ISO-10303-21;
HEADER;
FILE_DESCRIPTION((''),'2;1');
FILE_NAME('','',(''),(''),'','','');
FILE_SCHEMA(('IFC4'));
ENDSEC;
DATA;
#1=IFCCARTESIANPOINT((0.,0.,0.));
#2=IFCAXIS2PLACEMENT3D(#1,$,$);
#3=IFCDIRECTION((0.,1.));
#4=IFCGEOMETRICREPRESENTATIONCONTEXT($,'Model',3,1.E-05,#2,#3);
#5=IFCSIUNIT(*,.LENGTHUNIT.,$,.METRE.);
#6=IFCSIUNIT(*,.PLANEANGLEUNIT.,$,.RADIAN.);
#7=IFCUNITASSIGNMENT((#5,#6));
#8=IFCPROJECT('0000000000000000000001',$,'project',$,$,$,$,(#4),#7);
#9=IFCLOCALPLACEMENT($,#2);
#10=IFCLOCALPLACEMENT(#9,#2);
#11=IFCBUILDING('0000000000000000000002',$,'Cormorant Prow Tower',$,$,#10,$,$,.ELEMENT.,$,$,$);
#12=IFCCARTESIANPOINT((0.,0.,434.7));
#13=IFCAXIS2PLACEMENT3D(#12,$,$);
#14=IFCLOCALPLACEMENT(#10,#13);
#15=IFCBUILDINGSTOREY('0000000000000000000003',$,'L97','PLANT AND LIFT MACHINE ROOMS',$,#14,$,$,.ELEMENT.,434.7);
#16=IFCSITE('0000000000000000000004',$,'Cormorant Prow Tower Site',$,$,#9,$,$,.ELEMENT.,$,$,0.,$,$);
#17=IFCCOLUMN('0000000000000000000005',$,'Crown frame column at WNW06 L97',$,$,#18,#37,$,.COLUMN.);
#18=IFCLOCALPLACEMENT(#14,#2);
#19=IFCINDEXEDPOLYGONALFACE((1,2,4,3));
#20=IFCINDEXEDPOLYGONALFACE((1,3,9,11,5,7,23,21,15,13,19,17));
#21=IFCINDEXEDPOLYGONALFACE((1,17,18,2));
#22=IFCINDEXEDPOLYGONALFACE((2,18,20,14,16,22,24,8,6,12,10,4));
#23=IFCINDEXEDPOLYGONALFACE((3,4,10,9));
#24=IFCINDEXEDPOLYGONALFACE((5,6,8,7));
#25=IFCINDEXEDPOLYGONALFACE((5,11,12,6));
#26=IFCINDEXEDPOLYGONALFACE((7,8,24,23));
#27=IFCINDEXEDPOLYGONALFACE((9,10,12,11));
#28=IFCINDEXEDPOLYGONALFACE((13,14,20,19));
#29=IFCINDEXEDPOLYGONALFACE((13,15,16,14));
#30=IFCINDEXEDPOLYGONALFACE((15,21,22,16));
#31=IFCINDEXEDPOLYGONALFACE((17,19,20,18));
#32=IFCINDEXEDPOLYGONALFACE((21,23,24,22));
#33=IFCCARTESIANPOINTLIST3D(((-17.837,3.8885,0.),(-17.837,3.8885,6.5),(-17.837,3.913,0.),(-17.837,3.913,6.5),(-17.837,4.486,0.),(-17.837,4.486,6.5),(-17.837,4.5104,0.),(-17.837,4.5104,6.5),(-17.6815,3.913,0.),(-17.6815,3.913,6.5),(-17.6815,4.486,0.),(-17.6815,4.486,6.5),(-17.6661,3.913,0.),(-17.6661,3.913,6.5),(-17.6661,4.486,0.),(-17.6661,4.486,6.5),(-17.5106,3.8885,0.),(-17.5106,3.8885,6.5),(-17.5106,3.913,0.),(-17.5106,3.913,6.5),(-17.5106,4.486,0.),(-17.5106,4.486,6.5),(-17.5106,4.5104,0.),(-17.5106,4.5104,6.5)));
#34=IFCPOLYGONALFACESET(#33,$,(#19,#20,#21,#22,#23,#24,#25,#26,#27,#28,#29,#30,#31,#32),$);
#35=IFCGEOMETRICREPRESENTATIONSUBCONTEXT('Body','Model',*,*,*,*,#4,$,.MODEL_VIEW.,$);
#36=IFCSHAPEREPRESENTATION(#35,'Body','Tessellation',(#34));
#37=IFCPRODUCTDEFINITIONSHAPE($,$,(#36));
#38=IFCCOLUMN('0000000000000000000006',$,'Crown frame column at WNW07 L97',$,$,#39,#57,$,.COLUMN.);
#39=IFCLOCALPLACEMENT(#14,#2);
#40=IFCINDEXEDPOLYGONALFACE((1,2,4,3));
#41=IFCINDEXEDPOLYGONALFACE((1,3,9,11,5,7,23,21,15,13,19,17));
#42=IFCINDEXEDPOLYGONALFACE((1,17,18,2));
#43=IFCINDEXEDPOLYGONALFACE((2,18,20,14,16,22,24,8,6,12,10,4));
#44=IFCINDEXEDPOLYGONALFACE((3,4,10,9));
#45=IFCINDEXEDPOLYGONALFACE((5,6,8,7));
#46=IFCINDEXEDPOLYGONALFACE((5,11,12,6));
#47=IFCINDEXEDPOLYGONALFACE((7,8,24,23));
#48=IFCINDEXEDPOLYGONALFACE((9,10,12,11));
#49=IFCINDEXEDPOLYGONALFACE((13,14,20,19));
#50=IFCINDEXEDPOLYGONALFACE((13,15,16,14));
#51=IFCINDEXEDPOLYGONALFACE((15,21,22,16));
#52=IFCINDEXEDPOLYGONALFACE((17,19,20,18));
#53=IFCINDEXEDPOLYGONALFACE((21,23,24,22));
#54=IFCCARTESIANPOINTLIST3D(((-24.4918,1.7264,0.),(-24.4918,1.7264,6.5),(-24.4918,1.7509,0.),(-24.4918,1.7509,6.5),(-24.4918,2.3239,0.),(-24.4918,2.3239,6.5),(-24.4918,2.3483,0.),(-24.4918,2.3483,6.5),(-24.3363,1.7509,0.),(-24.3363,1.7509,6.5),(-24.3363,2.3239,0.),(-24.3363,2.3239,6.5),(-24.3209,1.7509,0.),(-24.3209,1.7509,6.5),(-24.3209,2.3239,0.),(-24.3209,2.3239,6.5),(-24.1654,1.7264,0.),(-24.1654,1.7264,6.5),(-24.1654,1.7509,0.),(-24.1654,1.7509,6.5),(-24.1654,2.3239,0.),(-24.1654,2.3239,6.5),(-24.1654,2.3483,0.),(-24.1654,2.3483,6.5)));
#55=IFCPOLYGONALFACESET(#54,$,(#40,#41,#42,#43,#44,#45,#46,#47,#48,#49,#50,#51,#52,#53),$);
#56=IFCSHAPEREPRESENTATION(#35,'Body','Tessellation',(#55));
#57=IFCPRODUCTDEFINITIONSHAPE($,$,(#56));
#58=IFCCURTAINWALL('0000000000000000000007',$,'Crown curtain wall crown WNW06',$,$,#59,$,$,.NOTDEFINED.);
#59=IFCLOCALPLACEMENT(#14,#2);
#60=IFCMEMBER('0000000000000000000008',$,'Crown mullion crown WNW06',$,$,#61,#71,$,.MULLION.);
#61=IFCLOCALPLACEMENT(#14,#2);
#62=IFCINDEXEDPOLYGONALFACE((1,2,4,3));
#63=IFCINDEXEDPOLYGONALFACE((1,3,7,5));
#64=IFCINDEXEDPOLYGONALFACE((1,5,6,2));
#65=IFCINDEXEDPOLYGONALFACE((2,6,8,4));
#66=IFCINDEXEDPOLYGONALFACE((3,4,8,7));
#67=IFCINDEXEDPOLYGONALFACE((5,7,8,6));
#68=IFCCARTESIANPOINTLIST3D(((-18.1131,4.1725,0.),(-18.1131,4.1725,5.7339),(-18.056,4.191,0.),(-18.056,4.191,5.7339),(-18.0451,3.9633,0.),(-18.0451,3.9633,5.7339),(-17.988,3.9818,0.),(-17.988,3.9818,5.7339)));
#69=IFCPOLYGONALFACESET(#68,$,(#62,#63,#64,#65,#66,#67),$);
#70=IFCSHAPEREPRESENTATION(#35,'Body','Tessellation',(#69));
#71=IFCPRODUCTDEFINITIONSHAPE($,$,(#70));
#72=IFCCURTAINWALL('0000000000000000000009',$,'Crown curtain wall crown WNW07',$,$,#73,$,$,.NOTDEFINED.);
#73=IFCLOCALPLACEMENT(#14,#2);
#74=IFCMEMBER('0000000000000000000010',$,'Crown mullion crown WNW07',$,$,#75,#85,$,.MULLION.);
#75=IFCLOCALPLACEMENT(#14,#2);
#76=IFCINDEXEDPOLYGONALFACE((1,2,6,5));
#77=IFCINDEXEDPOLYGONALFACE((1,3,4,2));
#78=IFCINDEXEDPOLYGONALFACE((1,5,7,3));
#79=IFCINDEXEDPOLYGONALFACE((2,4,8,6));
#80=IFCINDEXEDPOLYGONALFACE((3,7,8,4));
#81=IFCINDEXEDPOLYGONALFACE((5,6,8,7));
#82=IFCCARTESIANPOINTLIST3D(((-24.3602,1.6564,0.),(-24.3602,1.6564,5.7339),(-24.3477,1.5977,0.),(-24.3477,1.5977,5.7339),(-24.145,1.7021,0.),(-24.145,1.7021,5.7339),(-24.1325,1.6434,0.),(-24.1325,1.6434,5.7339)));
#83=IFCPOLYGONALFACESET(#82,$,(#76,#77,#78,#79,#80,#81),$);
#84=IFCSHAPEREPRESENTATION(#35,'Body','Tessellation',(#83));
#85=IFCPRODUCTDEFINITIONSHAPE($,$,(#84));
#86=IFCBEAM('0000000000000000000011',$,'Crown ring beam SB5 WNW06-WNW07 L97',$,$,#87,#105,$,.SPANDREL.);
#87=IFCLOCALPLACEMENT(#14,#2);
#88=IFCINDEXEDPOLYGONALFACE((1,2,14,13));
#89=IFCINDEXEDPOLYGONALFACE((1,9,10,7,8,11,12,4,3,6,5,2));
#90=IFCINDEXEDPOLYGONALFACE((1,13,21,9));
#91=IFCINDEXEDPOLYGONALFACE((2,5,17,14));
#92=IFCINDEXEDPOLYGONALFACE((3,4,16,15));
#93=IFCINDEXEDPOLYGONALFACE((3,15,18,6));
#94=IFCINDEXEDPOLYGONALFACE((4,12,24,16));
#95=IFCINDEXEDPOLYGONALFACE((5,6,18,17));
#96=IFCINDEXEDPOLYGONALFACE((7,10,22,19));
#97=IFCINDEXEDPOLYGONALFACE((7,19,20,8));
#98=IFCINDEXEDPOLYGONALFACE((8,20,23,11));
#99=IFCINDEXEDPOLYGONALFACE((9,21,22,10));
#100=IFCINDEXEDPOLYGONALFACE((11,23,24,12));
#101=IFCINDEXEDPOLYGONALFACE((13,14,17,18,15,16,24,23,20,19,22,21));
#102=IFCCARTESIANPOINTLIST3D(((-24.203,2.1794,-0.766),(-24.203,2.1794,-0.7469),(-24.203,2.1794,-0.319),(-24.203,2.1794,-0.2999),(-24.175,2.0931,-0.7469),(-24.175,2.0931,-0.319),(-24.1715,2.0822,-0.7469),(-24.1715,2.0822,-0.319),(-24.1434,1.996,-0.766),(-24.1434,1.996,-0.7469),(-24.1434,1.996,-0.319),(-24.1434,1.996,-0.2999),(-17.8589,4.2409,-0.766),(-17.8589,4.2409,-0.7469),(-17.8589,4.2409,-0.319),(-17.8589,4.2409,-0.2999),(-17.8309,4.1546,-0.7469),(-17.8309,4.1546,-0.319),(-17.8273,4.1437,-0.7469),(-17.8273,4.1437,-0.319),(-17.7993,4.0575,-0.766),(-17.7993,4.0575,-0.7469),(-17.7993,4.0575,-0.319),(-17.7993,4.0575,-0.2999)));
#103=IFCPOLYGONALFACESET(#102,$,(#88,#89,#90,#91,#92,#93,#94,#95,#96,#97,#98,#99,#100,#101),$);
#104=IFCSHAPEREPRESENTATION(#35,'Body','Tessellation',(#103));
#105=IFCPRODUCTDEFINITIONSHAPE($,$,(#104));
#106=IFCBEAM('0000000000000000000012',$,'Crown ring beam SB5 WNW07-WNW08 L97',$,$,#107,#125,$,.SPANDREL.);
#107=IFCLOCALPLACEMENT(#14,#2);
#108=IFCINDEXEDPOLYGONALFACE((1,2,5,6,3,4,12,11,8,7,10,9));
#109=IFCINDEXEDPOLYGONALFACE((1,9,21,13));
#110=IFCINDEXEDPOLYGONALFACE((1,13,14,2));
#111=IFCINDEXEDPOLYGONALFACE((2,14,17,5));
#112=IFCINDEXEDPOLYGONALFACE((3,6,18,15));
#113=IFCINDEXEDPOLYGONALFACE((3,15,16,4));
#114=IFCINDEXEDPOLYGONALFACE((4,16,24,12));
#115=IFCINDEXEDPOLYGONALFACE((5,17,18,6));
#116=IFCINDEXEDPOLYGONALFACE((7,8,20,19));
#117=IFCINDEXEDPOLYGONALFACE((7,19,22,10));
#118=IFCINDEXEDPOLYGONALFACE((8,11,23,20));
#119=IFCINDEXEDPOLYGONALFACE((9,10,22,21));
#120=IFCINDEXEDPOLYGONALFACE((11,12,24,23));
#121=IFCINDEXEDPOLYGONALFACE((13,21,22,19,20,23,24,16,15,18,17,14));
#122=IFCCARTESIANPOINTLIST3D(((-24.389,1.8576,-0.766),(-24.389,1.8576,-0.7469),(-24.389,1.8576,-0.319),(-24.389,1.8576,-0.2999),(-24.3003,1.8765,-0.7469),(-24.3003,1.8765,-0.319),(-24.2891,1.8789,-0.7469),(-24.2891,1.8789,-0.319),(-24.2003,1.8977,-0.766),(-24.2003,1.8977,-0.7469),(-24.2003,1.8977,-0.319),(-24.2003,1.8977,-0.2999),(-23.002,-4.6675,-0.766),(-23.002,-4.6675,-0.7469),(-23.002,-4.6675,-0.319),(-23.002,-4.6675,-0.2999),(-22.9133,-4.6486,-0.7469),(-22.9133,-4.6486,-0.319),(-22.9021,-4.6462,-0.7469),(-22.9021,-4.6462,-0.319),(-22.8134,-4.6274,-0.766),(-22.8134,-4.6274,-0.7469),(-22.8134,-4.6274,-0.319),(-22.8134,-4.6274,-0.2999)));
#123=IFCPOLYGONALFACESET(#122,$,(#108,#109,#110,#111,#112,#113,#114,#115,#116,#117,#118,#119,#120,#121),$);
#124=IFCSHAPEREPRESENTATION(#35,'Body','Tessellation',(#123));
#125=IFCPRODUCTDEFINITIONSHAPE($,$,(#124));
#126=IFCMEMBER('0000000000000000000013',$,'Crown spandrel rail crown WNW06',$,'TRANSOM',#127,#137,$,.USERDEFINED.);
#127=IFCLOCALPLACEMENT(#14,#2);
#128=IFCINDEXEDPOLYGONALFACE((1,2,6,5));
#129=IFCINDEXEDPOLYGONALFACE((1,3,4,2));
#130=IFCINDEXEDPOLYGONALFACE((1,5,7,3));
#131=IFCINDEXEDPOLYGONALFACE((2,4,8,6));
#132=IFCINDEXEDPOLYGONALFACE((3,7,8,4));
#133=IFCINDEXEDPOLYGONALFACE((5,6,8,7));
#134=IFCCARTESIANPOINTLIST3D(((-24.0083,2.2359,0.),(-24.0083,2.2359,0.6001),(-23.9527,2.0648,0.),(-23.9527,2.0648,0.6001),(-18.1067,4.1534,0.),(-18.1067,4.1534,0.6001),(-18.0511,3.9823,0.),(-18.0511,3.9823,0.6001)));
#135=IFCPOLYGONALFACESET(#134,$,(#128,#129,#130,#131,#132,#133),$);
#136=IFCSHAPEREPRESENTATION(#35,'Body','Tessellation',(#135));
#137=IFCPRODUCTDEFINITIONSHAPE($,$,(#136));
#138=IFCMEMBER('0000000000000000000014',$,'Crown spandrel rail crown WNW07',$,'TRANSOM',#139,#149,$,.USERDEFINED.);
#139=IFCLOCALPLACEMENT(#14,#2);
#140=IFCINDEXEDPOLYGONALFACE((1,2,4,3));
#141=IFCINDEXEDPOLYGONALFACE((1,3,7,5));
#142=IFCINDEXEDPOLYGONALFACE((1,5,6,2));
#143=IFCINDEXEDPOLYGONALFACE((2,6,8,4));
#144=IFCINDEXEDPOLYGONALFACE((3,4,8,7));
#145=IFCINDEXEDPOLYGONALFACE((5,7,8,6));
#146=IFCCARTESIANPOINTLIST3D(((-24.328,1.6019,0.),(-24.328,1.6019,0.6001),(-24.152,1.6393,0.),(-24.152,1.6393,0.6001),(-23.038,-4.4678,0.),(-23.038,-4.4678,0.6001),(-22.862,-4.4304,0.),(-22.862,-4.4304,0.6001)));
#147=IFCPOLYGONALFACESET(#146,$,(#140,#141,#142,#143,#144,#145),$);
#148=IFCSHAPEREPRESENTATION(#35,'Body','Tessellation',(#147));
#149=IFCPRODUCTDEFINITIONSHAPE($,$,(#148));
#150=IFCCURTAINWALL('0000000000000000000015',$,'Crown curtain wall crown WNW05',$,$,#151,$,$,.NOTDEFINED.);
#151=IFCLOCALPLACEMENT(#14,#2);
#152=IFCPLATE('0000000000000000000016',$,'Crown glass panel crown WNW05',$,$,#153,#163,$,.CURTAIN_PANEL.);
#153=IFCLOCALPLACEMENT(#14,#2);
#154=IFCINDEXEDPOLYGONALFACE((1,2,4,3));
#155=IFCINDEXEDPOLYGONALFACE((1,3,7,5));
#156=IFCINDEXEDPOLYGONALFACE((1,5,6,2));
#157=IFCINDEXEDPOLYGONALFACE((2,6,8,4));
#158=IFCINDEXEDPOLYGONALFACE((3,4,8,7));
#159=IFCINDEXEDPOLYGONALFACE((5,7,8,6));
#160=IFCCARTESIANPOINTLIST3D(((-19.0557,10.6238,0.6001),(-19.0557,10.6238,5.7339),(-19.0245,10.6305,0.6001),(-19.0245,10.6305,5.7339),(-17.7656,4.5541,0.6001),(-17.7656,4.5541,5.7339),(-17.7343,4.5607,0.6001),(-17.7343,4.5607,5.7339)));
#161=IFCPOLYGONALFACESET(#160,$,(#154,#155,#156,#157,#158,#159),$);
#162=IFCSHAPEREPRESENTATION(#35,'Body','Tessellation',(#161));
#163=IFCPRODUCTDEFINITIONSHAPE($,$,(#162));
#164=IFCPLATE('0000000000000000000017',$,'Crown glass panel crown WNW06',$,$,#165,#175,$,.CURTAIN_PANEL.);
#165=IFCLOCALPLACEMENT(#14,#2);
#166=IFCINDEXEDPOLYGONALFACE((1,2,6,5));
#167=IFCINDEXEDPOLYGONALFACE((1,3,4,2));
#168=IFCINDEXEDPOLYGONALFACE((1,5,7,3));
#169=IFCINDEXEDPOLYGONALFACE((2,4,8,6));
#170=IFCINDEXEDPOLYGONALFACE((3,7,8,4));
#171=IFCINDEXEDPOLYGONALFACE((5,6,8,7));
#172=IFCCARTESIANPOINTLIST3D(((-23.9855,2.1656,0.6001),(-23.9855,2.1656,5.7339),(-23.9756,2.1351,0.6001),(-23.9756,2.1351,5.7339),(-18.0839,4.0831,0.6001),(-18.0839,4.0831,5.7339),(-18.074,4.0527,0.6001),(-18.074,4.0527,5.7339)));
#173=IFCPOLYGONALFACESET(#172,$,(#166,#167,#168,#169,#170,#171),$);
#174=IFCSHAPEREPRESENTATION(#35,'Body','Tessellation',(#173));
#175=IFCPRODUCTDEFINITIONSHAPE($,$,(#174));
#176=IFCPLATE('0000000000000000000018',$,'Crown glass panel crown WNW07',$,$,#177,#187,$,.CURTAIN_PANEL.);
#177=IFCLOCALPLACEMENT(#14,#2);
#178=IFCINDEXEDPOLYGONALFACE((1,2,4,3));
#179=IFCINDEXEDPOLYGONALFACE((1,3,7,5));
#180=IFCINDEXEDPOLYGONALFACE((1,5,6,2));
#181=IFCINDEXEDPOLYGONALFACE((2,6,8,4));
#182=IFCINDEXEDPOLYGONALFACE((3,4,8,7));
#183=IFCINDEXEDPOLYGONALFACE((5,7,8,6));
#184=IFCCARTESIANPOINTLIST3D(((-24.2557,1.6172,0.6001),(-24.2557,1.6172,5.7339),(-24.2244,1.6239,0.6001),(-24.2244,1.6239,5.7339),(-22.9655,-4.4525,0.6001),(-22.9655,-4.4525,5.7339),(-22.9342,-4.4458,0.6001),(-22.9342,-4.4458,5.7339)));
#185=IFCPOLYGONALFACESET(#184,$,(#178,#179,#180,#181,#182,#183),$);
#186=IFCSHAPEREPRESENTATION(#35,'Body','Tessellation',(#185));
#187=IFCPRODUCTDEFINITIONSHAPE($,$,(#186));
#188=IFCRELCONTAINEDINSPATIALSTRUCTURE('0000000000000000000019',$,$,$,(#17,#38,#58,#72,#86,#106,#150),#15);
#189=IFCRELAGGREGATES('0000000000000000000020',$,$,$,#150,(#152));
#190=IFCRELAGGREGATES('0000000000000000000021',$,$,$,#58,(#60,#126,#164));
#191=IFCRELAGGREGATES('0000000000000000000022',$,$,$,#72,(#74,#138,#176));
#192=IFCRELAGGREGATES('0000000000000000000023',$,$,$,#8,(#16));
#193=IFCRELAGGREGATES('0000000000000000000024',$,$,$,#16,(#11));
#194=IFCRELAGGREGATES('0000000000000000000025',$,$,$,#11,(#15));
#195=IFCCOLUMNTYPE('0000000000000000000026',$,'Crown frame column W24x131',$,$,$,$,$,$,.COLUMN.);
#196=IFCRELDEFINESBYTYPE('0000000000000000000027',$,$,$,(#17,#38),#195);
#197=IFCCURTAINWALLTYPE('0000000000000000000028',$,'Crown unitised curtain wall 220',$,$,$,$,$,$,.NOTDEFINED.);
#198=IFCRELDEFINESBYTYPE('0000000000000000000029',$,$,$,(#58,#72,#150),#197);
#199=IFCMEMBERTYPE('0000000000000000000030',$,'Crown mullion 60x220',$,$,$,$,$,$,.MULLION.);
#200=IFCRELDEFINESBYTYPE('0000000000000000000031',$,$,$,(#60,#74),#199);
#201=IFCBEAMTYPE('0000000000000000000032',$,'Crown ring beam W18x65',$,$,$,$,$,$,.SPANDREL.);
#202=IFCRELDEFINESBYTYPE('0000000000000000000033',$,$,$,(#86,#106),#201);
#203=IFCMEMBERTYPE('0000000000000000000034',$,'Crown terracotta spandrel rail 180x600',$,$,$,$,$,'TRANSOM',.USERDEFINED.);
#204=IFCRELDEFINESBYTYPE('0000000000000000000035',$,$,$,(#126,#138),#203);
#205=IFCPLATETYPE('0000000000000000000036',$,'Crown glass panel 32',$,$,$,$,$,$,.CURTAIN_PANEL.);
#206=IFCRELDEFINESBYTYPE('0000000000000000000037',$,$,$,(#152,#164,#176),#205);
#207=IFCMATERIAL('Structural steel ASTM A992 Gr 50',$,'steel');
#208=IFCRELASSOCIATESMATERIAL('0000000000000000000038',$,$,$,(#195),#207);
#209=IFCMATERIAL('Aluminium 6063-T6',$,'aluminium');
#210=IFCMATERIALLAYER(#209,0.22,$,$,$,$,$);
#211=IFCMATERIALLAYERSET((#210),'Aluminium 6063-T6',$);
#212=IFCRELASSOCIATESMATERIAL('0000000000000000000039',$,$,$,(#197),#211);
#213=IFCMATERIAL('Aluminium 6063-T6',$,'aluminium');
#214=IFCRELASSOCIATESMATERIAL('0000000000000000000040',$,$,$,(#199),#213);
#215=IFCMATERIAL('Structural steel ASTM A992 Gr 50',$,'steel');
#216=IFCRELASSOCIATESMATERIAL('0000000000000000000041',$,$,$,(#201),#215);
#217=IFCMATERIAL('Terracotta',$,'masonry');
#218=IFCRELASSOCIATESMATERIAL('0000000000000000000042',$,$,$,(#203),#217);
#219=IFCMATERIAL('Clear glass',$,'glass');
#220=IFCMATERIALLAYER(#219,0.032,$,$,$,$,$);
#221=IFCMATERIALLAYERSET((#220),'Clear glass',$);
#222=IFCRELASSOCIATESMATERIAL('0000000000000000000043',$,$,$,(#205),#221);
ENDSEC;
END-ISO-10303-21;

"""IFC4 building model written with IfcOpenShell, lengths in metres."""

from ifc_helpers import new_model, si_unit, direction, frame, origin, origin_2d, place, context, subcontext, project, spatial, rectangle, i_section, extrude, material, layer, layer_set, material_profile, profile_set, type_object, element, aggregate, save


model = new_model("IFC4")

# Units and contexts
model_context = context("Model", 3, precision=1e-05, world=origin(), true_north=direction((0.0, 1.0)))
body_context = subcontext(model_context, "Body", "Model", "MODEL_VIEW")
ifc_project = project(units=[si_unit("LENGTHUNIT", "METRE"), si_unit("PLANEANGLEUNIT", "RADIAN")], contexts=[model_context])

# Site, building, storey
site_placement = place(None, origin())
site = spatial("IfcSite", under=ifc_project, at=site_placement, Name="Cormorant Prow Tower Site", CompositionType="ELEMENT", RefElevation=0.0)
building_placement = place(site_placement, origin())
building = spatial("IfcBuilding", under=site, at=building_placement, Name="Cormorant Prow Tower", CompositionType="ELEMENT")
storey_placement = place(building_placement, frame((0.0, 0.0, 434.7)))
storey = spatial("IfcBuildingStorey", under=building, at=storey_placement, Name="L97", Description="PLANT AND LIFT MACHINE ROOMS", CompositionType="ELEMENT", Elevation=434.7)

# Columns
ifc_material_1 = material(Name="Structural steel ASTM A992 Gr 50", Category="steel")
ifc_material_profile_1 = material_profile(ifc_material_1, i_section(OverallWidth=0.3264, OverallDepth=0.6218, WebThickness=0.0154, FlangeThickness=0.0244, at=origin_2d()), Name="W24x131")
ifc_profile_set_1 = profile_set([ifc_material_profile_1], Name="Structural steel ASTM A992 Gr 50")
column_type = type_object("IfcColumnType", Name="Crown frame column W24x131", PredefinedType="COLUMN", material=ifc_profile_set_1)
for number, where, z_axis, x_axis, name in (
    (1, (-17.6738, 4.1995, 0.0), (0.0, 0.0, 1.0), (1.0, 0.0, 0.0), "Crown frame column at WNW06 L97"),
    (2, (-24.3286, 2.0374, 0.0), (0.0, 0.0, 1.0), (1.0, 0.0, 0.0), "Crown frame column at WNW07 L97"),
):
    element("IfcColumn", number, at=place(storey_placement, frame(where, z_axis=z_axis, x_axis=x_axis)), inside=storey, type_object=column_type, Name=name, PredefinedType="COLUMN", context=body_context, shape_type="SweptSolid", body=[
        extrude(i_section(OverallWidth=0.3264, OverallDepth=0.6218, WebThickness=0.0154, FlangeThickness=0.0244, at=origin_2d()), origin(), (0.0, 0.0, 1.0), 6.5),
    ])

# Curtain walls, members
ifc_material_2 = material(Name="Aluminium 6063-T6", Category="aluminium")
ifc_layer_1 = layer(ifc_material_2, 0.22)
ifc_layer_set_1 = layer_set([ifc_layer_1], Name="Aluminium 6063-T6")
curtain_wall_type = type_object("IfcCurtainWallType", Name="Crown unitised curtain wall 220", PredefinedType="NOTDEFINED", material=ifc_layer_set_1)
curtain_wall_1_placement = place(storey_placement, origin())
curtain_wall_1 = element("IfcCurtainWall", 3, at=curtain_wall_1_placement, inside=storey, type_object=curtain_wall_type, Name="Crown curtain wall crown WNW06", PredefinedType="NOTDEFINED")
ifc_material_3 = material(Name="Aluminium 6063-T6", Category="aluminium")
ifc_material_profile_2 = material_profile(ifc_material_3, rectangle(XDim=0.22, YDim=0.0601, at=origin_2d()), Name="Crown mullion 60x220")
ifc_profile_set_2 = profile_set([ifc_material_profile_2], Name="Aluminium 6063-T6")
member_type_1 = type_object("IfcMemberType", Name="Crown mullion 60x220", PredefinedType="MULLION", material=ifc_profile_set_2)
member_1_placement = place(storey_placement, frame((-18.0505, 4.0771, 0.0), z_axis=(0.0, 0.0, 1.0), x_axis=(0.309017, -0.951056, 0.0)))
member_1 = element("IfcMember", 4, at=member_1_placement, type_object=member_type_1, Name="Crown mullion crown WNW06", PredefinedType="MULLION", context=body_context, shape_type="SweptSolid", body=[
    extrude(rectangle(XDim=0.22, YDim=0.0601, at=origin_2d()), origin(), (0.0, 0.0, 1.0), 5.7339),
])
curtain_wall_2_placement = place(storey_placement, origin())
curtain_wall_2 = element("IfcCurtainWall", 5, at=curtain_wall_2_placement, inside=storey, type_object=curtain_wall_type, Name="Crown curtain wall crown WNW07", PredefinedType="NOTDEFINED")
member_2_placement = place(storey_placement, frame((-24.2463, 1.6499, 0.0), z_axis=(0.0, 0.0, 1.0), x_axis=(0.978148, 0.207912, 0.0)))
member_2 = element("IfcMember", 6, at=member_2_placement, type_object=member_type_1, Name="Crown mullion crown WNW07", PredefinedType="MULLION", context=body_context, shape_type="SweptSolid", body=[
    extrude(rectangle(XDim=0.22, YDim=0.0601, at=origin_2d()), origin(), (0.0, 0.0, 1.0), 5.7339),
])

# Beams
ifc_material_4 = material(Name="Structural steel ASTM A992 Gr 50", Category="steel")
ifc_material_profile_3 = material_profile(ifc_material_4, i_section(OverallWidth=0.1929, OverallDepth=0.4661, WebThickness=0.0115, FlangeThickness=0.019, at=origin_2d()), Name="W18x65")
ifc_profile_set_3 = profile_set([ifc_material_profile_3], Name="Structural steel ASTM A992 Gr 50")
beam_type = type_object("IfcBeamType", Name="Crown ring beam W18x65", PredefinedType="SPANDREL", material=ifc_profile_set_3)
beam_1_placement = place(storey_placement, frame((-17.8291, 4.1492, -0.533), z_axis=(-0.95105, -0.309038, 0.0), x_axis=(0.309038, -0.95105, 0.0)))
element("IfcBeam", 7, at=beam_1_placement, inside=storey, type_object=beam_type, Name="Crown ring beam SB5 WNW06-WNW07 L97", PredefinedType="SPANDREL", context=body_context, shape_type="SweptSolid", body=[
    extrude(i_section(OverallWidth=0.1929, OverallDepth=0.4661, WebThickness=0.0115, FlangeThickness=0.019, at=origin_2d()), origin(), (0.0, 0.0, 1.0), 6.6707),
])
beam_2_placement = place(storey_placement, frame((-24.2947, 1.8777, -0.533), z_axis=(0.207912, -0.978148, 0.0), x_axis=(0.978148, 0.207912, 0.0)))
element("IfcBeam", 8, at=beam_2_placement, inside=storey, type_object=beam_type, Name="Crown ring beam SB5 WNW07-WNW08 L97", PredefinedType="SPANDREL", context=body_context, shape_type="SweptSolid", body=[
    extrude(i_section(OverallWidth=0.1929, OverallDepth=0.4661, WebThickness=0.0115, FlangeThickness=0.019, at=origin_2d()), origin(), (0.0, 0.0, 1.0), 6.6709),
])

# Members
ifc_material_5 = material(Name="Terracotta", Category="masonry")
ifc_material_profile_4 = material_profile(ifc_material_5, rectangle(XDim=0.1799, YDim=0.6001, at=origin_2d()), Name="Crown terracotta spandrel rail 180x600")
ifc_profile_set_4 = profile_set([ifc_material_profile_4], Name="Terracotta")
member_type_2 = type_object("IfcMemberType", Name="Crown terracotta spandrel rail 180x600", ElementType="TRANSOM", PredefinedType="USERDEFINED", material=ifc_profile_set_4)
member_3_placement = place(storey_placement, frame((-18.0789, 4.0679, 0.3), z_axis=(-0.95106, -0.309007, 0.0), x_axis=(0.309007, -0.95106, 0.0)))
member_3 = element("IfcMember", 9, at=member_3_placement, type_object=member_type_2, Name="Crown spandrel rail crown WNW06", ObjectType="TRANSOM", PredefinedType="USERDEFINED", context=body_context, shape_type="SweptSolid", body=[
    extrude(rectangle(XDim=0.1799, YDim=0.6001, at=origin_2d()), origin(), (0.0, 0.0, 1.0), 6.2053),
])
member_4_placement = place(storey_placement, frame((-24.24, 1.6206, 0.3), z_axis=(0.20789, -0.978152, 0.0), x_axis=(0.978152, 0.20789, 0.0)))
member_4 = element("IfcMember", 10, at=member_4_placement, type_object=member_type_2, Name="Crown spandrel rail crown WNW07", ObjectType="TRANSOM", PredefinedType="USERDEFINED", context=body_context, shape_type="SweptSolid", body=[
    extrude(rectangle(XDim=0.1799, YDim=0.6001, at=origin_2d()), origin(), (0.0, 0.0, 1.0), 6.2053),
])

# Curtain wall, plate
curtain_wall_3_placement = place(storey_placement, origin())
curtain_wall_3 = element("IfcCurtainWall", 11, at=curtain_wall_3_placement, inside=storey, type_object=curtain_wall_type, Name="Crown curtain wall crown WNW05", PredefinedType="NOTDEFINED")
ifc_material_6 = material(Name="Clear glass", Category="glass")
ifc_layer_2 = layer(ifc_material_6, 0.032)
ifc_layer_set_2 = layer_set([ifc_layer_2], Name="Clear glass")
plate_type = type_object("IfcPlateType", Name="Crown glass panel 32", PredefinedType="CURTAIN_PANEL", material=ifc_layer_set_2)
plate_1_placement = place(storey_placement, frame((-18.395, 7.5923, 0.6001), z_axis=(0.0, 0.0, 1.0), x_axis=(0.207912, -0.978148, 0.0)))
plate_1 = element("IfcPlate", 12, at=plate_1_placement, type_object=plate_type, Name="Crown glass panel crown WNW05", PredefinedType="CURTAIN_PANEL", context=body_context, shape_type="SweptSolid", body=[
    extrude(rectangle(XDim=6.2053, YDim=0.032, at=origin_2d()), origin(), (0.0, 0.0, 1.0), 5.1338),
])
aggregate(curtain_wall_3, [plate_1])

# Plates
plate_2_placement = place(storey_placement, frame((-21.0298, 3.1091, 0.6001), z_axis=(0.0, 0.0, 1.0), x_axis=(-0.951056, -0.309017, 0.0)))
plate_2 = element("IfcPlate", 13, at=plate_2_placement, type_object=plate_type, Name="Crown glass panel crown WNW06", PredefinedType="CURTAIN_PANEL", context=body_context, shape_type="SweptSolid", body=[
    extrude(rectangle(XDim=6.2053, YDim=0.032, at=origin_2d()), origin(), (0.0, 0.0, 1.0), 5.1338),
])
aggregate(curtain_wall_1, [member_1, member_3, plate_2])
plate_3_placement = place(storey_placement, frame((-23.595, -1.4143, 0.6001), z_axis=(0.0, 0.0, 1.0), x_axis=(0.207912, -0.978148, 0.0)))
plate_3 = element("IfcPlate", 14, at=plate_3_placement, type_object=plate_type, Name="Crown glass panel crown WNW07", PredefinedType="CURTAIN_PANEL", context=body_context, shape_type="SweptSolid", body=[
    extrude(rectangle(XDim=6.2053, YDim=0.032, at=origin_2d()), origin(), (0.0, 0.0, 1.0), 5.1338),
])
aggregate(curtain_wall_2, [member_2, member_4, plate_3])

save(model, "model.ifc")
